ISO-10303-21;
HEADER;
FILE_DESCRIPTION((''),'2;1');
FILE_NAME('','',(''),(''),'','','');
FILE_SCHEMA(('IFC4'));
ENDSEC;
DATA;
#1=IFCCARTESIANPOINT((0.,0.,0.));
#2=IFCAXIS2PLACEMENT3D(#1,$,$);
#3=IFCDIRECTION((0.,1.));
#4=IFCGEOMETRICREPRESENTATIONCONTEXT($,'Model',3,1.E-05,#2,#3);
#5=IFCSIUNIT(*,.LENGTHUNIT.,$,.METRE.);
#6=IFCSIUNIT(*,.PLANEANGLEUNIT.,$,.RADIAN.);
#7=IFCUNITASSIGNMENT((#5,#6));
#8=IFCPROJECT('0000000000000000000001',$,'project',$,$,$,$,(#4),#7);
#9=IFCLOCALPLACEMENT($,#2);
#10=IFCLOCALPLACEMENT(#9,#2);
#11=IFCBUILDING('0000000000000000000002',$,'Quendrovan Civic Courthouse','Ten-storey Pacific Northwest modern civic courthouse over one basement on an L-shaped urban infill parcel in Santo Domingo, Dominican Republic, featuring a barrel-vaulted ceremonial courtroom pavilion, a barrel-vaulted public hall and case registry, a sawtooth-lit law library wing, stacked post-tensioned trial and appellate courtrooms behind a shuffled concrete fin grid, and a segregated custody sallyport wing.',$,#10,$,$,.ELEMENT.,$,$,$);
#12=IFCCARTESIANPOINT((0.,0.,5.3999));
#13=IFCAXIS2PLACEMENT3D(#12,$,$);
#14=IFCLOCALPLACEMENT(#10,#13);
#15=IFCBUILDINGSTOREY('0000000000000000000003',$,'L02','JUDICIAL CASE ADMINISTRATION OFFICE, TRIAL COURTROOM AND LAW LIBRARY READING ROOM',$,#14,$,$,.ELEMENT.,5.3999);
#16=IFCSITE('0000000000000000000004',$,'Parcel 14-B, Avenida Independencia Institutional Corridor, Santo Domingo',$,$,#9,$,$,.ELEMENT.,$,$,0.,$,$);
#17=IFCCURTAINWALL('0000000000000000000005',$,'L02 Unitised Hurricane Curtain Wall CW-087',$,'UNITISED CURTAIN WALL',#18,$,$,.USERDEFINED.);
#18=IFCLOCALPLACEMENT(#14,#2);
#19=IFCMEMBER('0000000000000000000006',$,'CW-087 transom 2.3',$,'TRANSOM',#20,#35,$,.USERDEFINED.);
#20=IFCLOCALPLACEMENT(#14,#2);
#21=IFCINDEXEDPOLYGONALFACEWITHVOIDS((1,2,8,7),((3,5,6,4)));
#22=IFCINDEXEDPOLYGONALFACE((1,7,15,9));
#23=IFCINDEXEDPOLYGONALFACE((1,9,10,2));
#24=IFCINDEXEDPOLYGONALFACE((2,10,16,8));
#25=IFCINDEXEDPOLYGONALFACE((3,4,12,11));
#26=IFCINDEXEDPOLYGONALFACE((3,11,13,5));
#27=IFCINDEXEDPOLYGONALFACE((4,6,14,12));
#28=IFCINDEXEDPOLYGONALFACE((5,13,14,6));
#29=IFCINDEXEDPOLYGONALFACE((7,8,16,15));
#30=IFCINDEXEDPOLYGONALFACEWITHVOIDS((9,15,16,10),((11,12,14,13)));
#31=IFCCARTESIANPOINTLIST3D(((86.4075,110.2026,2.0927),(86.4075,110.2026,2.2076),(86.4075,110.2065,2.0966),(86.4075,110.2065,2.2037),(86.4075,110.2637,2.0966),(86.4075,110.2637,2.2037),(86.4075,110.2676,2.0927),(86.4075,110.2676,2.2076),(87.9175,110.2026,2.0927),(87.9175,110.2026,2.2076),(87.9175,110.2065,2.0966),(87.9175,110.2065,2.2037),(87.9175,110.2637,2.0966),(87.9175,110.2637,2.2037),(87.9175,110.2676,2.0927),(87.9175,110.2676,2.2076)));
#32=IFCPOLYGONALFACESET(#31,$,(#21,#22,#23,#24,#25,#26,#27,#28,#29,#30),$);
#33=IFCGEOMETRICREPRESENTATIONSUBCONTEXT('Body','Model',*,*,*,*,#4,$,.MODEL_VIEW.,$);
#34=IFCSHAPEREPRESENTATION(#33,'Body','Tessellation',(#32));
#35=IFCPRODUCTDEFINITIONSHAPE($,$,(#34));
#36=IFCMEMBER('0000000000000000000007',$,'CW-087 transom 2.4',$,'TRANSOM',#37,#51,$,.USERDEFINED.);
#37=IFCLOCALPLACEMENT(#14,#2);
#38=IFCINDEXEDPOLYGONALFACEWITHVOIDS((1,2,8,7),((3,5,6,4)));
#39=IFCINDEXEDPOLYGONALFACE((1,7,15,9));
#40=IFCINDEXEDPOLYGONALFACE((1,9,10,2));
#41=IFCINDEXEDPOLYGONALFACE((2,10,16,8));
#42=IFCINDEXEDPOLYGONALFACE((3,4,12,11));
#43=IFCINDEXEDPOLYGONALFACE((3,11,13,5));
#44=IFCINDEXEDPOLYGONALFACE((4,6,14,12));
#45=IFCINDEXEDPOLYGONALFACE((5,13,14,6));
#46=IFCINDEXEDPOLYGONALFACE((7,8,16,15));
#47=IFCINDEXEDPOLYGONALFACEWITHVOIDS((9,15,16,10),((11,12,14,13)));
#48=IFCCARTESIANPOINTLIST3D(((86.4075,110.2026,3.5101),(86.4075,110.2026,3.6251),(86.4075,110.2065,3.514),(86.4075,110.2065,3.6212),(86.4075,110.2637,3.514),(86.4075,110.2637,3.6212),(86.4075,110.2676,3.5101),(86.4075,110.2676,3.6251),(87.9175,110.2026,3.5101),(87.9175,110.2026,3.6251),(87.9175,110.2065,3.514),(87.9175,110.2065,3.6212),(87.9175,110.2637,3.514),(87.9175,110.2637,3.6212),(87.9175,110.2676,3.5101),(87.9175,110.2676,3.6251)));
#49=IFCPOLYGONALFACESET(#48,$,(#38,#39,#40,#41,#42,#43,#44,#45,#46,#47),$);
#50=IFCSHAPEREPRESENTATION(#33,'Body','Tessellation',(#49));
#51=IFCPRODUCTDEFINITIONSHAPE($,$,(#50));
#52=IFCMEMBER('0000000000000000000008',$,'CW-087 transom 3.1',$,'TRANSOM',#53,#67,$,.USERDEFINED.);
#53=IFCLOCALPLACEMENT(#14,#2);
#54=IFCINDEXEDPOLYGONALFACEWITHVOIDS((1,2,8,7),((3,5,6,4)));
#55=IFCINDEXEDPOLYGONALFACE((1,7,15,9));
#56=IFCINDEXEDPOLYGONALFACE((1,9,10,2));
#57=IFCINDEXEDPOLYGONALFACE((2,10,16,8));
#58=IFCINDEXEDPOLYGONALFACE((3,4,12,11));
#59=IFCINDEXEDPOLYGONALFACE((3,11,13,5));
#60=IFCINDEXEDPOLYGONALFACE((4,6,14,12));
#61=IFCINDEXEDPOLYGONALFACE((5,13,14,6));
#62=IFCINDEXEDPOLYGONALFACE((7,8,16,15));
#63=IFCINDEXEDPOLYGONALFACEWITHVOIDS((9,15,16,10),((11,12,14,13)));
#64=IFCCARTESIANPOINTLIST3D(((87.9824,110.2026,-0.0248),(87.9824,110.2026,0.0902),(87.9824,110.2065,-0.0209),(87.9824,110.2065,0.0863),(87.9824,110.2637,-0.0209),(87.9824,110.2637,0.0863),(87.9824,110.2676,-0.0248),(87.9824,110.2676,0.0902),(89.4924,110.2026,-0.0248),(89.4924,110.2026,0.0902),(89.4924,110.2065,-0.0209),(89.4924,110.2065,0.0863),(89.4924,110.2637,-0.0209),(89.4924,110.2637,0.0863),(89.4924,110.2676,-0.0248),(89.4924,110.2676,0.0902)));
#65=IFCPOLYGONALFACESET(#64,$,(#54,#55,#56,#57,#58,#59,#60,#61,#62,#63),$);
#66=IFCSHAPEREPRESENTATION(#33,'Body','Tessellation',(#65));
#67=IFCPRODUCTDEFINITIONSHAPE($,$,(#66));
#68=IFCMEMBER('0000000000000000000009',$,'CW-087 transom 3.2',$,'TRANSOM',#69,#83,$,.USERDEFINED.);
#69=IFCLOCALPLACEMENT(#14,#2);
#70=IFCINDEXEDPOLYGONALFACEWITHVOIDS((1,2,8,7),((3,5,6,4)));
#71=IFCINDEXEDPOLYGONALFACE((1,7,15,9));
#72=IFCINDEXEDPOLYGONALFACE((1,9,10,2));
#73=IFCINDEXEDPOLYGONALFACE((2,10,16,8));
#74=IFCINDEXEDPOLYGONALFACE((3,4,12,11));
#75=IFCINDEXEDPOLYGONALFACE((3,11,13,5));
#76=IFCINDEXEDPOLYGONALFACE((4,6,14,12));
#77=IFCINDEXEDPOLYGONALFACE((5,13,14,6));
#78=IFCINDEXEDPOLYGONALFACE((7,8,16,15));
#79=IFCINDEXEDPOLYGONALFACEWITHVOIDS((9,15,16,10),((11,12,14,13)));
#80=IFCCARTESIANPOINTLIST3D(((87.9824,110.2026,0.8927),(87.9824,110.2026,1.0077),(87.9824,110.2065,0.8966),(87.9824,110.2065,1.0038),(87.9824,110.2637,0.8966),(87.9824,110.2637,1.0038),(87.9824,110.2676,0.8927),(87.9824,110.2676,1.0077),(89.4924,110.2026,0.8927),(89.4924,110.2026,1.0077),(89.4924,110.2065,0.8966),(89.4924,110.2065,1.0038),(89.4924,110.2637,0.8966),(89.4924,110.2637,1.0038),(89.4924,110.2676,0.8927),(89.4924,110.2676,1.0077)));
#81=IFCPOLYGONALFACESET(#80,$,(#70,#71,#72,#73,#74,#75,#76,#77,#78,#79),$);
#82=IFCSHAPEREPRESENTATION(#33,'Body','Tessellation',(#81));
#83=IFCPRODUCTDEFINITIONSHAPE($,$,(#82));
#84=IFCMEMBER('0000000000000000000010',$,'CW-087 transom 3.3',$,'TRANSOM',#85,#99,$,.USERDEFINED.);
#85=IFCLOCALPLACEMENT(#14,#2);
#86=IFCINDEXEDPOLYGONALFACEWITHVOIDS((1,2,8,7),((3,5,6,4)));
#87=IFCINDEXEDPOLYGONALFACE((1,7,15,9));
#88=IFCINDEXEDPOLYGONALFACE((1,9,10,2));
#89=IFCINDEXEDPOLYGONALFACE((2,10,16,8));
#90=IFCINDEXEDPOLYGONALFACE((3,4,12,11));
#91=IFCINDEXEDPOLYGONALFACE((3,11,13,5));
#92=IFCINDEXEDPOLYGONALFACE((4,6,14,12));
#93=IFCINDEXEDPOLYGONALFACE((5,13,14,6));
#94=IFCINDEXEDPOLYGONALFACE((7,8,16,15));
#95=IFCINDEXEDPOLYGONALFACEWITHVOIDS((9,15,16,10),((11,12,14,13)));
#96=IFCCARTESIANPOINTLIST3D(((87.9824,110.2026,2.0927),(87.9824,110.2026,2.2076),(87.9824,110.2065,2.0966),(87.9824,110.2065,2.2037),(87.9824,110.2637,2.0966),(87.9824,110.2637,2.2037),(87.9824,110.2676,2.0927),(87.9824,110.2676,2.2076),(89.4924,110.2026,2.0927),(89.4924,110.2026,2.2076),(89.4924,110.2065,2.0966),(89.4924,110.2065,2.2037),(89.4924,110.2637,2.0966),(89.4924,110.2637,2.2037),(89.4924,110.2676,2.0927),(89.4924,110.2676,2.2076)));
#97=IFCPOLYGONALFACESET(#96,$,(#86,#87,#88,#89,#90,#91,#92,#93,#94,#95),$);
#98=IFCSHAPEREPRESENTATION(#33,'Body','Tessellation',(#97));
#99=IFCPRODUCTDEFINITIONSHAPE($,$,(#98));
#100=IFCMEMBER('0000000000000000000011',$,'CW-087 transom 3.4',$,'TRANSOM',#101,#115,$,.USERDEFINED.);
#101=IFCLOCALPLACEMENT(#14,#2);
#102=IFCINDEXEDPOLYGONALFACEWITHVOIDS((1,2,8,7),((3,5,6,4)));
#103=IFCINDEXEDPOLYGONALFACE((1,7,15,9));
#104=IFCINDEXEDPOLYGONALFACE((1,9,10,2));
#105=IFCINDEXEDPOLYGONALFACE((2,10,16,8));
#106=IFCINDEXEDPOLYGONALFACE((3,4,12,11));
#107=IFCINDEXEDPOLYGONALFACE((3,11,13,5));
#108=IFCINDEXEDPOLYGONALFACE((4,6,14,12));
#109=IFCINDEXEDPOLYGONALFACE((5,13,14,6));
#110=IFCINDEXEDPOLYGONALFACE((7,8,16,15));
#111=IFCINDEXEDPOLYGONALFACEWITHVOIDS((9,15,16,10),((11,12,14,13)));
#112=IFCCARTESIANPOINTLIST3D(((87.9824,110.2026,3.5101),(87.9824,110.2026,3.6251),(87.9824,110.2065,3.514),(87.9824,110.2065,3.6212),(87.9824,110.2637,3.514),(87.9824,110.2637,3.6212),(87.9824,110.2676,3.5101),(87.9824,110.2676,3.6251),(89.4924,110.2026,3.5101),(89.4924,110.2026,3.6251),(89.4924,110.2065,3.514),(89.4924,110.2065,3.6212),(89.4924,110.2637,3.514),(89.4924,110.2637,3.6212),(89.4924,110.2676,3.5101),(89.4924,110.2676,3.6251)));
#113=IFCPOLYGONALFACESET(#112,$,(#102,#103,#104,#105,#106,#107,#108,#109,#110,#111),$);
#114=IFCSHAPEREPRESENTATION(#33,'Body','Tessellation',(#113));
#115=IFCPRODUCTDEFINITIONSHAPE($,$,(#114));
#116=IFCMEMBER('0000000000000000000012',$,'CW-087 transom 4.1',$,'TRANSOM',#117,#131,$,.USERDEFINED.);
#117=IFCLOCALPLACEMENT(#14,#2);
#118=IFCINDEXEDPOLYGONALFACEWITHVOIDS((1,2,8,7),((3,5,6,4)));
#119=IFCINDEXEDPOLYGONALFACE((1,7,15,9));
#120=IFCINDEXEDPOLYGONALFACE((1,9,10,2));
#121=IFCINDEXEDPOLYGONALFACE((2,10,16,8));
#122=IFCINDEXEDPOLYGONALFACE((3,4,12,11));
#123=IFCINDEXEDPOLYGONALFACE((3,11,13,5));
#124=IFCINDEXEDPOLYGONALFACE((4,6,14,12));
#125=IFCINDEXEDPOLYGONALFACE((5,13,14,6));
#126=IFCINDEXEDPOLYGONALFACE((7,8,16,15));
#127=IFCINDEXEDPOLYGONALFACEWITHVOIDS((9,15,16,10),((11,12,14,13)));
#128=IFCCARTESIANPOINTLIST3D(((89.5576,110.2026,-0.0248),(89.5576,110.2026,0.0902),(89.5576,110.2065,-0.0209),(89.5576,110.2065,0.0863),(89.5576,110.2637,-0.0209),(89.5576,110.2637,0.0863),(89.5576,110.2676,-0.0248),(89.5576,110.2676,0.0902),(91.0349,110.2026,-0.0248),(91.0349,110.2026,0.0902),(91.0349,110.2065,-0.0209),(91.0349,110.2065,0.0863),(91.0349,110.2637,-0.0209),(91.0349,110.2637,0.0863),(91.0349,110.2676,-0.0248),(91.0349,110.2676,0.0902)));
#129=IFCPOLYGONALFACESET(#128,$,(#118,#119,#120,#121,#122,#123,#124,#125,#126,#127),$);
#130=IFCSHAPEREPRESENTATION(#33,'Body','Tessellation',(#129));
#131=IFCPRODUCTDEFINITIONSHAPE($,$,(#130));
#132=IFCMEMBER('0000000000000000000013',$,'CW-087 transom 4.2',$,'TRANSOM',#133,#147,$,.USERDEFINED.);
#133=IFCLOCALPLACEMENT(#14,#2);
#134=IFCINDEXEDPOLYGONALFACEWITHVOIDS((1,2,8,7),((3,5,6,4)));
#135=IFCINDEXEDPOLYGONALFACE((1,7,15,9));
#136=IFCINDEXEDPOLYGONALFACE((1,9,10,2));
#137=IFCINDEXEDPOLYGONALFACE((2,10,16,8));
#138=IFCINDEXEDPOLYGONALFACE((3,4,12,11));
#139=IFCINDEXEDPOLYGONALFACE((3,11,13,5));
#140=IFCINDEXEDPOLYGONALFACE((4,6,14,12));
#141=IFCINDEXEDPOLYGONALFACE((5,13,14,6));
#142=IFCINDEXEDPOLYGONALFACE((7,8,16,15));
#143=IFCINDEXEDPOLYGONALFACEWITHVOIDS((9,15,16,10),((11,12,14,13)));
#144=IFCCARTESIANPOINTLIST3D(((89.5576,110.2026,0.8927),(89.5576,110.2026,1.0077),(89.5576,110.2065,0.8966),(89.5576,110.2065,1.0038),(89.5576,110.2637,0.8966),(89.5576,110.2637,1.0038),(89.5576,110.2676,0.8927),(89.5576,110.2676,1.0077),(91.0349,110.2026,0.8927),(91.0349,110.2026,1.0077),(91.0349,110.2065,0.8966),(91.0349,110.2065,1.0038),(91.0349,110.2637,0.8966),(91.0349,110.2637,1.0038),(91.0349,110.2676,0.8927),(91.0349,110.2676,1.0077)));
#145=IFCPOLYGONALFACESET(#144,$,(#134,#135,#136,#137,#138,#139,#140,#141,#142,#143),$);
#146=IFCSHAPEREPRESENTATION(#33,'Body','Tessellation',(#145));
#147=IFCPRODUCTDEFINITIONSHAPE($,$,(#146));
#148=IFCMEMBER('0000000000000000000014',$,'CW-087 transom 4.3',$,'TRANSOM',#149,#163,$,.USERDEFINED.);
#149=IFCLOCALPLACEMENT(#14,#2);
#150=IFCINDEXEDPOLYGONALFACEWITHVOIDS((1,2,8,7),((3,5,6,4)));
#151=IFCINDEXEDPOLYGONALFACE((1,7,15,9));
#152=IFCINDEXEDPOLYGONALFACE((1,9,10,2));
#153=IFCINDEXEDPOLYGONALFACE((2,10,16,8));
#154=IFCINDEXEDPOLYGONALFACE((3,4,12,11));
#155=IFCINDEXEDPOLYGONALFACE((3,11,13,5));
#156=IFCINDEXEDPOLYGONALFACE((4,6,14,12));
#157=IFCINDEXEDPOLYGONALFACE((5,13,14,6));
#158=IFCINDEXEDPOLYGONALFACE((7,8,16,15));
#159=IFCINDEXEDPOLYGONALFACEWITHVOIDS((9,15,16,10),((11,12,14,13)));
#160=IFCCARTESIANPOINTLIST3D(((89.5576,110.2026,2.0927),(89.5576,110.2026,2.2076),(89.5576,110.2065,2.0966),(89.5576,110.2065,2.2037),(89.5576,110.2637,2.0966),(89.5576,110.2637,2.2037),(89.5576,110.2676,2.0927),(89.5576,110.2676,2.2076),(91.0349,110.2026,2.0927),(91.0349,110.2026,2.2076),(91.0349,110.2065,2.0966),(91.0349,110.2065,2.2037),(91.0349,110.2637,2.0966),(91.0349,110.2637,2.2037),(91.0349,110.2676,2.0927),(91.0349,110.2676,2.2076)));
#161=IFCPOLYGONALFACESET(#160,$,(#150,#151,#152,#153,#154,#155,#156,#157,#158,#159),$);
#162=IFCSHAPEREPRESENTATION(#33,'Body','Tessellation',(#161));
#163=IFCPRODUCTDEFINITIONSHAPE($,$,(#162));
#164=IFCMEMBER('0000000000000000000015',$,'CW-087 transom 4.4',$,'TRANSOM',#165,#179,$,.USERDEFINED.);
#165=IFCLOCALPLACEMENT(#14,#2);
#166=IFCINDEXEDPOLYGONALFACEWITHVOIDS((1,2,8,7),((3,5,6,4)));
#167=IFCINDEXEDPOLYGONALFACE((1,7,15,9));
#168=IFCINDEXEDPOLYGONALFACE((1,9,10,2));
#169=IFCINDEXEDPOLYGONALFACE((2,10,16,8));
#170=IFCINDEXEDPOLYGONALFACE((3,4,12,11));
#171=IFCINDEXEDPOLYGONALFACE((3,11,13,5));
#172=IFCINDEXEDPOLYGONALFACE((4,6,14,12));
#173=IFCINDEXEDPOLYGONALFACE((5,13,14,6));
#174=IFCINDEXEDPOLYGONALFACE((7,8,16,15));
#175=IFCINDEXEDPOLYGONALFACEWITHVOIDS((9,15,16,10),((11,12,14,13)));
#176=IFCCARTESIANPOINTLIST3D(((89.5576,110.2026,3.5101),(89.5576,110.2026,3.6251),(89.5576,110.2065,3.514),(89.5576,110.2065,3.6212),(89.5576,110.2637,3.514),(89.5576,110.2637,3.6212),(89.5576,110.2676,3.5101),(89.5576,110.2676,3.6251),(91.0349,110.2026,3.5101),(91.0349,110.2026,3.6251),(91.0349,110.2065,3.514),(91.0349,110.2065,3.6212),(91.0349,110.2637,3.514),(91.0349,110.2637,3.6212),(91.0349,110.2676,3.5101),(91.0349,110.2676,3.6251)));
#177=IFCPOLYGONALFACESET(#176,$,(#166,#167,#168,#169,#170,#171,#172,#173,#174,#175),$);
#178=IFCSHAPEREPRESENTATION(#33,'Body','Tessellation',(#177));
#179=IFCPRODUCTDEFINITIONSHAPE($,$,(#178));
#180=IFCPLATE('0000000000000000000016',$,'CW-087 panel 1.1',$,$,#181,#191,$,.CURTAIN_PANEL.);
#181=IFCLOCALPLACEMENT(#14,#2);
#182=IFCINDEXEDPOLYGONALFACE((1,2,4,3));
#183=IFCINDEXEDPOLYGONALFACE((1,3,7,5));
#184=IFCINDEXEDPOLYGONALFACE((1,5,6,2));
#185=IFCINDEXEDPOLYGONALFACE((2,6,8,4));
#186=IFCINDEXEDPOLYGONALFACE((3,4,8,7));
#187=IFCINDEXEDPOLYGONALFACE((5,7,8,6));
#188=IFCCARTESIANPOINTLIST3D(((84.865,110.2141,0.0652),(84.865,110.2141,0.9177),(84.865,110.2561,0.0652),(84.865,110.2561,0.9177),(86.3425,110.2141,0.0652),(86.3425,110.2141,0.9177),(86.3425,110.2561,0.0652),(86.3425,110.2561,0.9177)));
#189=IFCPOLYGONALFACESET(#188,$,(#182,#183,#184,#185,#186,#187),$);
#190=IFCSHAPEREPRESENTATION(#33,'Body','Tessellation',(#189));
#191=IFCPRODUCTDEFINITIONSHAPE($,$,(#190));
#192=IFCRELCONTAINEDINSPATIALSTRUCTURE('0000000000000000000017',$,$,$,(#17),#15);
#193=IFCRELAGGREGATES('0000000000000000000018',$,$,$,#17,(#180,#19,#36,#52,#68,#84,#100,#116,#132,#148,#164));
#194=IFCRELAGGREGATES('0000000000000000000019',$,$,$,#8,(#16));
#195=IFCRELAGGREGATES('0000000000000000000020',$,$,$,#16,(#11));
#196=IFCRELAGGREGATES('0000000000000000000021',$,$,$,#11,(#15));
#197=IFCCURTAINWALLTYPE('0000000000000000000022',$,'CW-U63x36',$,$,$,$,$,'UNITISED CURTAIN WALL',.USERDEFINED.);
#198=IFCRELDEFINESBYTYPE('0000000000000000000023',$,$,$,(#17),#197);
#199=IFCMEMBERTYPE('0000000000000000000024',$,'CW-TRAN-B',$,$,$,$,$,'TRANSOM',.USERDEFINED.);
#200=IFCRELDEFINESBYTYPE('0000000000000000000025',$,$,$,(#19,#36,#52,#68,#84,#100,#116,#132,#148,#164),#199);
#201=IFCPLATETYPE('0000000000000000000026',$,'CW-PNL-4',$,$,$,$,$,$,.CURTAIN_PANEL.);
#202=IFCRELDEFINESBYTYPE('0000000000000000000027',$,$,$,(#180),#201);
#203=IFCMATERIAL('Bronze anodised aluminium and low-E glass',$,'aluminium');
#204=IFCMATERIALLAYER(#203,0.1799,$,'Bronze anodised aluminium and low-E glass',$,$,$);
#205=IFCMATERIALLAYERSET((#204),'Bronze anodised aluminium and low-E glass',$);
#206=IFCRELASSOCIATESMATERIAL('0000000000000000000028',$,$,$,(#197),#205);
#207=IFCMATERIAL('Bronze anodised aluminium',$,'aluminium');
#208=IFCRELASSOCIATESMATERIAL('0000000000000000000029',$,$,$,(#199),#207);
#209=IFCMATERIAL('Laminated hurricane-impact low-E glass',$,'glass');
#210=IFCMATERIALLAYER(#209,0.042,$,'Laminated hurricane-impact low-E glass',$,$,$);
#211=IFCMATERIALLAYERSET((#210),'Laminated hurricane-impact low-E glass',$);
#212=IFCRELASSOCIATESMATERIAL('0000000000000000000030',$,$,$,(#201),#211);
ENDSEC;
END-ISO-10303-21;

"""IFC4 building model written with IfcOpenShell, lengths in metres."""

from ifc_helpers import new_model, si_unit, direction, frame, origin, origin_2d, place, context, subcontext, project, spatial, rectangle, hollow_rectangle, extrude, material, layer, layer_set, material_profile, profile_set, type_object, element, aggregate, save


model = new_model("IFC4")

# Units and contexts
model_context = context("Model", 3, precision=1e-05, world=origin(), true_north=direction((0.0, 1.0)))
body_context = subcontext(model_context, "Body", "Model", "MODEL_VIEW")
ifc_project = project(units=[si_unit("LENGTHUNIT", "METRE"), si_unit("PLANEANGLEUNIT", "RADIAN")], contexts=[model_context])

# Site, building, storey
site_placement = place(None, origin())
site = spatial("IfcSite", under=ifc_project, at=site_placement, Name="Parcel 14-B, Avenida Independencia Institutional Corridor, Santo Domingo", CompositionType="ELEMENT", RefElevation=0.0)
building_placement = place(site_placement, origin())
building = spatial("IfcBuilding", under=site, at=building_placement, Name="Quendrovan Civic Courthouse", Description="Ten-storey Pacific Northwest modern civic courthouse over one basement on an L-shaped urban infill parcel in Santo Domingo, Dominican Republic, featuring a barrel-vaulted ceremonial courtroom pavilion, a barrel-vaulted public hall and case registry, a sawtooth-lit law library wing, stacked post-tensioned trial and appellate courtrooms behind a shuffled concrete fin grid, and a segregated custody sallyport wing.", CompositionType="ELEMENT")
storey_placement = place(building_placement, frame((0.0, 0.0, 5.3999)))
storey = spatial("IfcBuildingStorey", under=building, at=storey_placement, Name="L02", Description="JUDICIAL CASE ADMINISTRATION OFFICE, TRIAL COURTROOM AND LAW LIBRARY READING ROOM", CompositionType="ELEMENT", Elevation=5.3999)

# Curtain wall, members, plate
ifc_material_1 = material(Name="Bronze anodised aluminium and low-E glass", Category="aluminium")
ifc_layer_1 = layer(ifc_material_1, 0.1799, Name="Bronze anodised aluminium and low-E glass")
ifc_layer_set_1 = layer_set([ifc_layer_1], Name="Bronze anodised aluminium and low-E glass")
curtain_wall_type = type_object("IfcCurtainWallType", Name="CW-U63x36", ElementType="UNITISED CURTAIN WALL", PredefinedType="USERDEFINED", material=ifc_layer_set_1)
curtain_wall_placement = place(storey_placement, origin())
curtain_wall = element("IfcCurtainWall", 1, at=curtain_wall_placement, inside=storey, type_object=curtain_wall_type, Name="L02 Unitised Hurricane Curtain Wall CW-087", ObjectType="UNITISED CURTAIN WALL", PredefinedType="USERDEFINED")
ifc_material_2 = material(Name="Bronze anodised aluminium", Category="aluminium")
ifc_material_profile_1 = material_profile(ifc_material_2, hollow_rectangle(XDim=0.0649, YDim=0.115, WallThickness=0.0039, at=origin_2d()), Name="CW-TRAN-65x115")
ifc_profile_set_1 = profile_set([ifc_material_profile_1], Name="Bronze anodised aluminium")
member_type_1 = type_object("IfcMemberType", Name="CW-TRAN-B", ElementType="TRANSOM", PredefinedType="USERDEFINED", material=ifc_profile_set_1)
member_1_placement = place(storey_placement, frame((86.4075, 110.2351, 2.1501), z_axis=(1.0, 0.0, 0.0), x_axis=(0.0, 1.0, 0.0)))
member_1 = element("IfcMember", 2, at=member_1_placement, type_object=member_type_1, Name="CW-087 transom 2.3", ObjectType="TRANSOM", PredefinedType="USERDEFINED", context=body_context, shape_type="SweptSolid", body=[
    extrude(hollow_rectangle(XDim=0.0649, YDim=0.115, WallThickness=0.0039, at=origin_2d()), origin(), (0.0, 0.0, 1.0), 1.51),
])
member_2_placement = place(storey_placement, frame((86.4075, 110.2351, 3.5676), z_axis=(1.0, 0.0, 0.0), x_axis=(0.0, 1.0, 0.0)))
member_2 = element("IfcMember", 3, at=member_2_placement, type_object=member_type_1, Name="CW-087 transom 2.4", ObjectType="TRANSOM", PredefinedType="USERDEFINED", context=body_context, shape_type="SweptSolid", body=[
    extrude(hollow_rectangle(XDim=0.0649, YDim=0.115, WallThickness=0.0039, at=origin_2d()), origin(), (0.0, 0.0, 1.0), 1.51),
])
member_3_placement = place(storey_placement, frame((87.9824, 110.2351, 0.0327), z_axis=(1.0, 0.0, 0.0), x_axis=(0.0, 1.0, 0.0)))
member_3 = element("IfcMember", 4, at=member_3_placement, type_object=member_type_1, Name="CW-087 transom 3.1", ObjectType="TRANSOM", PredefinedType="USERDEFINED", context=body_context, shape_type="SweptSolid", body=[
    extrude(hollow_rectangle(XDim=0.0649, YDim=0.115, WallThickness=0.0039, at=origin_2d()), origin(), (0.0, 0.0, 1.0), 1.51),
])
member_4_placement = place(storey_placement, frame((87.9824, 110.2351, 0.9502), z_axis=(1.0, 0.0, 0.0), x_axis=(0.0, 1.0, 0.0)))
member_4 = element("IfcMember", 5, at=member_4_placement, type_object=member_type_1, Name="CW-087 transom 3.2", ObjectType="TRANSOM", PredefinedType="USERDEFINED", context=body_context, shape_type="SweptSolid", body=[
    extrude(hollow_rectangle(XDim=0.0649, YDim=0.115, WallThickness=0.0039, at=origin_2d()), origin(), (0.0, 0.0, 1.0), 1.51),
])
member_5_placement = place(storey_placement, frame((87.9824, 110.2351, 2.1501), z_axis=(1.0, 0.0, 0.0), x_axis=(0.0, 1.0, 0.0)))
member_5 = element("IfcMember", 6, at=member_5_placement, type_object=member_type_1, Name="CW-087 transom 3.3", ObjectType="TRANSOM", PredefinedType="USERDEFINED", context=body_context, shape_type="SweptSolid", body=[
    extrude(hollow_rectangle(XDim=0.0649, YDim=0.115, WallThickness=0.0039, at=origin_2d()), origin(), (0.0, 0.0, 1.0), 1.51),
])
member_6_placement = place(storey_placement, frame((87.9824, 110.2351, 3.5676), z_axis=(1.0, 0.0, 0.0), x_axis=(0.0, 1.0, 0.0)))
member_6 = element("IfcMember", 7, at=member_6_placement, type_object=member_type_1, Name="CW-087 transom 3.4", ObjectType="TRANSOM", PredefinedType="USERDEFINED", context=body_context, shape_type="SweptSolid", body=[
    extrude(hollow_rectangle(XDim=0.0649, YDim=0.115, WallThickness=0.0039, at=origin_2d()), origin(), (0.0, 0.0, 1.0), 1.51),
])
member_7_placement = place(storey_placement, frame((89.5576, 110.2351, 0.0327), z_axis=(1.0, 0.0, 0.0), x_axis=(0.0, 1.0, 0.0)))
member_7 = element("IfcMember", 8, at=member_7_placement, type_object=member_type_1, Name="CW-087 transom 4.1", ObjectType="TRANSOM", PredefinedType="USERDEFINED", context=body_context, shape_type="SweptSolid", body=[
    extrude(hollow_rectangle(XDim=0.0649, YDim=0.115, WallThickness=0.0039, at=origin_2d()), origin(), (0.0, 0.0, 1.0), 1.4773),
])
member_8_placement = place(storey_placement, frame((89.5576, 110.2351, 0.9502), z_axis=(1.0, 0.0, 0.0), x_axis=(0.0, 1.0, 0.0)))
member_8 = element("IfcMember", 9, at=member_8_placement, type_object=member_type_1, Name="CW-087 transom 4.2", ObjectType="TRANSOM", PredefinedType="USERDEFINED", context=body_context, shape_type="SweptSolid", body=[
    extrude(hollow_rectangle(XDim=0.0649, YDim=0.115, WallThickness=0.0039, at=origin_2d()), origin(), (0.0, 0.0, 1.0), 1.4773),
])
member_9_placement = place(storey_placement, frame((89.5576, 110.2351, 2.1501), z_axis=(1.0, 0.0, 0.0), x_axis=(0.0, 1.0, 0.0)))
member_9 = element("IfcMember", 10, at=member_9_placement, type_object=member_type_1, Name="CW-087 transom 4.3", ObjectType="TRANSOM", PredefinedType="USERDEFINED", context=body_context, shape_type="SweptSolid", body=[
    extrude(hollow_rectangle(XDim=0.0649, YDim=0.115, WallThickness=0.0039, at=origin_2d()), origin(), (0.0, 0.0, 1.0), 1.4773),
])
member_10_placement = place(storey_placement, frame((89.5576, 110.2351, 3.5676), z_axis=(1.0, 0.0, 0.0), x_axis=(0.0, 1.0, 0.0)))
member_10 = element("IfcMember", 11, at=member_10_placement, type_object=member_type_1, Name="CW-087 transom 4.4", ObjectType="TRANSOM", PredefinedType="USERDEFINED", context=body_context, shape_type="SweptSolid", body=[
    extrude(hollow_rectangle(XDim=0.0649, YDim=0.115, WallThickness=0.0039, at=origin_2d()), origin(), (0.0, 0.0, 1.0), 1.4773),
])
ifc_material_3 = material(Name="Laminated hurricane-impact low-E glass", Category="glass")
ifc_layer_2 = layer(ifc_material_3, 0.042, Name="Laminated hurricane-impact low-E glass")
ifc_layer_set_2 = layer_set([ifc_layer_2], Name="Laminated hurricane-impact low-E glass")
plate_type = type_object("IfcPlateType", Name="CW-PNL-4", PredefinedType="CURTAIN_PANEL", material=ifc_layer_set_2)
plate_1_placement = place(storey_placement, frame((85.6038, 110.2351, 0.0652), z_axis=(0.0, 0.0, 1.0), x_axis=(1.0, 0.0, 0.0)))
plate_1 = element("IfcPlate", 12, at=plate_1_placement, type_object=plate_type, Name="CW-087 panel 1.1", PredefinedType="CURTAIN_PANEL", context=body_context, shape_type="SweptSolid", body=[
    extrude(rectangle(XDim=1.4775, YDim=0.042, at=origin_2d()), origin(), (0.0, 0.0, 1.0), 0.8525),
])
aggregate(curtain_wall, [plate_1, member_1, member_2, member_3, member_4, member_5, member_6, member_7, member_8, member_9, member_10])

save(model, "model.ifc")
